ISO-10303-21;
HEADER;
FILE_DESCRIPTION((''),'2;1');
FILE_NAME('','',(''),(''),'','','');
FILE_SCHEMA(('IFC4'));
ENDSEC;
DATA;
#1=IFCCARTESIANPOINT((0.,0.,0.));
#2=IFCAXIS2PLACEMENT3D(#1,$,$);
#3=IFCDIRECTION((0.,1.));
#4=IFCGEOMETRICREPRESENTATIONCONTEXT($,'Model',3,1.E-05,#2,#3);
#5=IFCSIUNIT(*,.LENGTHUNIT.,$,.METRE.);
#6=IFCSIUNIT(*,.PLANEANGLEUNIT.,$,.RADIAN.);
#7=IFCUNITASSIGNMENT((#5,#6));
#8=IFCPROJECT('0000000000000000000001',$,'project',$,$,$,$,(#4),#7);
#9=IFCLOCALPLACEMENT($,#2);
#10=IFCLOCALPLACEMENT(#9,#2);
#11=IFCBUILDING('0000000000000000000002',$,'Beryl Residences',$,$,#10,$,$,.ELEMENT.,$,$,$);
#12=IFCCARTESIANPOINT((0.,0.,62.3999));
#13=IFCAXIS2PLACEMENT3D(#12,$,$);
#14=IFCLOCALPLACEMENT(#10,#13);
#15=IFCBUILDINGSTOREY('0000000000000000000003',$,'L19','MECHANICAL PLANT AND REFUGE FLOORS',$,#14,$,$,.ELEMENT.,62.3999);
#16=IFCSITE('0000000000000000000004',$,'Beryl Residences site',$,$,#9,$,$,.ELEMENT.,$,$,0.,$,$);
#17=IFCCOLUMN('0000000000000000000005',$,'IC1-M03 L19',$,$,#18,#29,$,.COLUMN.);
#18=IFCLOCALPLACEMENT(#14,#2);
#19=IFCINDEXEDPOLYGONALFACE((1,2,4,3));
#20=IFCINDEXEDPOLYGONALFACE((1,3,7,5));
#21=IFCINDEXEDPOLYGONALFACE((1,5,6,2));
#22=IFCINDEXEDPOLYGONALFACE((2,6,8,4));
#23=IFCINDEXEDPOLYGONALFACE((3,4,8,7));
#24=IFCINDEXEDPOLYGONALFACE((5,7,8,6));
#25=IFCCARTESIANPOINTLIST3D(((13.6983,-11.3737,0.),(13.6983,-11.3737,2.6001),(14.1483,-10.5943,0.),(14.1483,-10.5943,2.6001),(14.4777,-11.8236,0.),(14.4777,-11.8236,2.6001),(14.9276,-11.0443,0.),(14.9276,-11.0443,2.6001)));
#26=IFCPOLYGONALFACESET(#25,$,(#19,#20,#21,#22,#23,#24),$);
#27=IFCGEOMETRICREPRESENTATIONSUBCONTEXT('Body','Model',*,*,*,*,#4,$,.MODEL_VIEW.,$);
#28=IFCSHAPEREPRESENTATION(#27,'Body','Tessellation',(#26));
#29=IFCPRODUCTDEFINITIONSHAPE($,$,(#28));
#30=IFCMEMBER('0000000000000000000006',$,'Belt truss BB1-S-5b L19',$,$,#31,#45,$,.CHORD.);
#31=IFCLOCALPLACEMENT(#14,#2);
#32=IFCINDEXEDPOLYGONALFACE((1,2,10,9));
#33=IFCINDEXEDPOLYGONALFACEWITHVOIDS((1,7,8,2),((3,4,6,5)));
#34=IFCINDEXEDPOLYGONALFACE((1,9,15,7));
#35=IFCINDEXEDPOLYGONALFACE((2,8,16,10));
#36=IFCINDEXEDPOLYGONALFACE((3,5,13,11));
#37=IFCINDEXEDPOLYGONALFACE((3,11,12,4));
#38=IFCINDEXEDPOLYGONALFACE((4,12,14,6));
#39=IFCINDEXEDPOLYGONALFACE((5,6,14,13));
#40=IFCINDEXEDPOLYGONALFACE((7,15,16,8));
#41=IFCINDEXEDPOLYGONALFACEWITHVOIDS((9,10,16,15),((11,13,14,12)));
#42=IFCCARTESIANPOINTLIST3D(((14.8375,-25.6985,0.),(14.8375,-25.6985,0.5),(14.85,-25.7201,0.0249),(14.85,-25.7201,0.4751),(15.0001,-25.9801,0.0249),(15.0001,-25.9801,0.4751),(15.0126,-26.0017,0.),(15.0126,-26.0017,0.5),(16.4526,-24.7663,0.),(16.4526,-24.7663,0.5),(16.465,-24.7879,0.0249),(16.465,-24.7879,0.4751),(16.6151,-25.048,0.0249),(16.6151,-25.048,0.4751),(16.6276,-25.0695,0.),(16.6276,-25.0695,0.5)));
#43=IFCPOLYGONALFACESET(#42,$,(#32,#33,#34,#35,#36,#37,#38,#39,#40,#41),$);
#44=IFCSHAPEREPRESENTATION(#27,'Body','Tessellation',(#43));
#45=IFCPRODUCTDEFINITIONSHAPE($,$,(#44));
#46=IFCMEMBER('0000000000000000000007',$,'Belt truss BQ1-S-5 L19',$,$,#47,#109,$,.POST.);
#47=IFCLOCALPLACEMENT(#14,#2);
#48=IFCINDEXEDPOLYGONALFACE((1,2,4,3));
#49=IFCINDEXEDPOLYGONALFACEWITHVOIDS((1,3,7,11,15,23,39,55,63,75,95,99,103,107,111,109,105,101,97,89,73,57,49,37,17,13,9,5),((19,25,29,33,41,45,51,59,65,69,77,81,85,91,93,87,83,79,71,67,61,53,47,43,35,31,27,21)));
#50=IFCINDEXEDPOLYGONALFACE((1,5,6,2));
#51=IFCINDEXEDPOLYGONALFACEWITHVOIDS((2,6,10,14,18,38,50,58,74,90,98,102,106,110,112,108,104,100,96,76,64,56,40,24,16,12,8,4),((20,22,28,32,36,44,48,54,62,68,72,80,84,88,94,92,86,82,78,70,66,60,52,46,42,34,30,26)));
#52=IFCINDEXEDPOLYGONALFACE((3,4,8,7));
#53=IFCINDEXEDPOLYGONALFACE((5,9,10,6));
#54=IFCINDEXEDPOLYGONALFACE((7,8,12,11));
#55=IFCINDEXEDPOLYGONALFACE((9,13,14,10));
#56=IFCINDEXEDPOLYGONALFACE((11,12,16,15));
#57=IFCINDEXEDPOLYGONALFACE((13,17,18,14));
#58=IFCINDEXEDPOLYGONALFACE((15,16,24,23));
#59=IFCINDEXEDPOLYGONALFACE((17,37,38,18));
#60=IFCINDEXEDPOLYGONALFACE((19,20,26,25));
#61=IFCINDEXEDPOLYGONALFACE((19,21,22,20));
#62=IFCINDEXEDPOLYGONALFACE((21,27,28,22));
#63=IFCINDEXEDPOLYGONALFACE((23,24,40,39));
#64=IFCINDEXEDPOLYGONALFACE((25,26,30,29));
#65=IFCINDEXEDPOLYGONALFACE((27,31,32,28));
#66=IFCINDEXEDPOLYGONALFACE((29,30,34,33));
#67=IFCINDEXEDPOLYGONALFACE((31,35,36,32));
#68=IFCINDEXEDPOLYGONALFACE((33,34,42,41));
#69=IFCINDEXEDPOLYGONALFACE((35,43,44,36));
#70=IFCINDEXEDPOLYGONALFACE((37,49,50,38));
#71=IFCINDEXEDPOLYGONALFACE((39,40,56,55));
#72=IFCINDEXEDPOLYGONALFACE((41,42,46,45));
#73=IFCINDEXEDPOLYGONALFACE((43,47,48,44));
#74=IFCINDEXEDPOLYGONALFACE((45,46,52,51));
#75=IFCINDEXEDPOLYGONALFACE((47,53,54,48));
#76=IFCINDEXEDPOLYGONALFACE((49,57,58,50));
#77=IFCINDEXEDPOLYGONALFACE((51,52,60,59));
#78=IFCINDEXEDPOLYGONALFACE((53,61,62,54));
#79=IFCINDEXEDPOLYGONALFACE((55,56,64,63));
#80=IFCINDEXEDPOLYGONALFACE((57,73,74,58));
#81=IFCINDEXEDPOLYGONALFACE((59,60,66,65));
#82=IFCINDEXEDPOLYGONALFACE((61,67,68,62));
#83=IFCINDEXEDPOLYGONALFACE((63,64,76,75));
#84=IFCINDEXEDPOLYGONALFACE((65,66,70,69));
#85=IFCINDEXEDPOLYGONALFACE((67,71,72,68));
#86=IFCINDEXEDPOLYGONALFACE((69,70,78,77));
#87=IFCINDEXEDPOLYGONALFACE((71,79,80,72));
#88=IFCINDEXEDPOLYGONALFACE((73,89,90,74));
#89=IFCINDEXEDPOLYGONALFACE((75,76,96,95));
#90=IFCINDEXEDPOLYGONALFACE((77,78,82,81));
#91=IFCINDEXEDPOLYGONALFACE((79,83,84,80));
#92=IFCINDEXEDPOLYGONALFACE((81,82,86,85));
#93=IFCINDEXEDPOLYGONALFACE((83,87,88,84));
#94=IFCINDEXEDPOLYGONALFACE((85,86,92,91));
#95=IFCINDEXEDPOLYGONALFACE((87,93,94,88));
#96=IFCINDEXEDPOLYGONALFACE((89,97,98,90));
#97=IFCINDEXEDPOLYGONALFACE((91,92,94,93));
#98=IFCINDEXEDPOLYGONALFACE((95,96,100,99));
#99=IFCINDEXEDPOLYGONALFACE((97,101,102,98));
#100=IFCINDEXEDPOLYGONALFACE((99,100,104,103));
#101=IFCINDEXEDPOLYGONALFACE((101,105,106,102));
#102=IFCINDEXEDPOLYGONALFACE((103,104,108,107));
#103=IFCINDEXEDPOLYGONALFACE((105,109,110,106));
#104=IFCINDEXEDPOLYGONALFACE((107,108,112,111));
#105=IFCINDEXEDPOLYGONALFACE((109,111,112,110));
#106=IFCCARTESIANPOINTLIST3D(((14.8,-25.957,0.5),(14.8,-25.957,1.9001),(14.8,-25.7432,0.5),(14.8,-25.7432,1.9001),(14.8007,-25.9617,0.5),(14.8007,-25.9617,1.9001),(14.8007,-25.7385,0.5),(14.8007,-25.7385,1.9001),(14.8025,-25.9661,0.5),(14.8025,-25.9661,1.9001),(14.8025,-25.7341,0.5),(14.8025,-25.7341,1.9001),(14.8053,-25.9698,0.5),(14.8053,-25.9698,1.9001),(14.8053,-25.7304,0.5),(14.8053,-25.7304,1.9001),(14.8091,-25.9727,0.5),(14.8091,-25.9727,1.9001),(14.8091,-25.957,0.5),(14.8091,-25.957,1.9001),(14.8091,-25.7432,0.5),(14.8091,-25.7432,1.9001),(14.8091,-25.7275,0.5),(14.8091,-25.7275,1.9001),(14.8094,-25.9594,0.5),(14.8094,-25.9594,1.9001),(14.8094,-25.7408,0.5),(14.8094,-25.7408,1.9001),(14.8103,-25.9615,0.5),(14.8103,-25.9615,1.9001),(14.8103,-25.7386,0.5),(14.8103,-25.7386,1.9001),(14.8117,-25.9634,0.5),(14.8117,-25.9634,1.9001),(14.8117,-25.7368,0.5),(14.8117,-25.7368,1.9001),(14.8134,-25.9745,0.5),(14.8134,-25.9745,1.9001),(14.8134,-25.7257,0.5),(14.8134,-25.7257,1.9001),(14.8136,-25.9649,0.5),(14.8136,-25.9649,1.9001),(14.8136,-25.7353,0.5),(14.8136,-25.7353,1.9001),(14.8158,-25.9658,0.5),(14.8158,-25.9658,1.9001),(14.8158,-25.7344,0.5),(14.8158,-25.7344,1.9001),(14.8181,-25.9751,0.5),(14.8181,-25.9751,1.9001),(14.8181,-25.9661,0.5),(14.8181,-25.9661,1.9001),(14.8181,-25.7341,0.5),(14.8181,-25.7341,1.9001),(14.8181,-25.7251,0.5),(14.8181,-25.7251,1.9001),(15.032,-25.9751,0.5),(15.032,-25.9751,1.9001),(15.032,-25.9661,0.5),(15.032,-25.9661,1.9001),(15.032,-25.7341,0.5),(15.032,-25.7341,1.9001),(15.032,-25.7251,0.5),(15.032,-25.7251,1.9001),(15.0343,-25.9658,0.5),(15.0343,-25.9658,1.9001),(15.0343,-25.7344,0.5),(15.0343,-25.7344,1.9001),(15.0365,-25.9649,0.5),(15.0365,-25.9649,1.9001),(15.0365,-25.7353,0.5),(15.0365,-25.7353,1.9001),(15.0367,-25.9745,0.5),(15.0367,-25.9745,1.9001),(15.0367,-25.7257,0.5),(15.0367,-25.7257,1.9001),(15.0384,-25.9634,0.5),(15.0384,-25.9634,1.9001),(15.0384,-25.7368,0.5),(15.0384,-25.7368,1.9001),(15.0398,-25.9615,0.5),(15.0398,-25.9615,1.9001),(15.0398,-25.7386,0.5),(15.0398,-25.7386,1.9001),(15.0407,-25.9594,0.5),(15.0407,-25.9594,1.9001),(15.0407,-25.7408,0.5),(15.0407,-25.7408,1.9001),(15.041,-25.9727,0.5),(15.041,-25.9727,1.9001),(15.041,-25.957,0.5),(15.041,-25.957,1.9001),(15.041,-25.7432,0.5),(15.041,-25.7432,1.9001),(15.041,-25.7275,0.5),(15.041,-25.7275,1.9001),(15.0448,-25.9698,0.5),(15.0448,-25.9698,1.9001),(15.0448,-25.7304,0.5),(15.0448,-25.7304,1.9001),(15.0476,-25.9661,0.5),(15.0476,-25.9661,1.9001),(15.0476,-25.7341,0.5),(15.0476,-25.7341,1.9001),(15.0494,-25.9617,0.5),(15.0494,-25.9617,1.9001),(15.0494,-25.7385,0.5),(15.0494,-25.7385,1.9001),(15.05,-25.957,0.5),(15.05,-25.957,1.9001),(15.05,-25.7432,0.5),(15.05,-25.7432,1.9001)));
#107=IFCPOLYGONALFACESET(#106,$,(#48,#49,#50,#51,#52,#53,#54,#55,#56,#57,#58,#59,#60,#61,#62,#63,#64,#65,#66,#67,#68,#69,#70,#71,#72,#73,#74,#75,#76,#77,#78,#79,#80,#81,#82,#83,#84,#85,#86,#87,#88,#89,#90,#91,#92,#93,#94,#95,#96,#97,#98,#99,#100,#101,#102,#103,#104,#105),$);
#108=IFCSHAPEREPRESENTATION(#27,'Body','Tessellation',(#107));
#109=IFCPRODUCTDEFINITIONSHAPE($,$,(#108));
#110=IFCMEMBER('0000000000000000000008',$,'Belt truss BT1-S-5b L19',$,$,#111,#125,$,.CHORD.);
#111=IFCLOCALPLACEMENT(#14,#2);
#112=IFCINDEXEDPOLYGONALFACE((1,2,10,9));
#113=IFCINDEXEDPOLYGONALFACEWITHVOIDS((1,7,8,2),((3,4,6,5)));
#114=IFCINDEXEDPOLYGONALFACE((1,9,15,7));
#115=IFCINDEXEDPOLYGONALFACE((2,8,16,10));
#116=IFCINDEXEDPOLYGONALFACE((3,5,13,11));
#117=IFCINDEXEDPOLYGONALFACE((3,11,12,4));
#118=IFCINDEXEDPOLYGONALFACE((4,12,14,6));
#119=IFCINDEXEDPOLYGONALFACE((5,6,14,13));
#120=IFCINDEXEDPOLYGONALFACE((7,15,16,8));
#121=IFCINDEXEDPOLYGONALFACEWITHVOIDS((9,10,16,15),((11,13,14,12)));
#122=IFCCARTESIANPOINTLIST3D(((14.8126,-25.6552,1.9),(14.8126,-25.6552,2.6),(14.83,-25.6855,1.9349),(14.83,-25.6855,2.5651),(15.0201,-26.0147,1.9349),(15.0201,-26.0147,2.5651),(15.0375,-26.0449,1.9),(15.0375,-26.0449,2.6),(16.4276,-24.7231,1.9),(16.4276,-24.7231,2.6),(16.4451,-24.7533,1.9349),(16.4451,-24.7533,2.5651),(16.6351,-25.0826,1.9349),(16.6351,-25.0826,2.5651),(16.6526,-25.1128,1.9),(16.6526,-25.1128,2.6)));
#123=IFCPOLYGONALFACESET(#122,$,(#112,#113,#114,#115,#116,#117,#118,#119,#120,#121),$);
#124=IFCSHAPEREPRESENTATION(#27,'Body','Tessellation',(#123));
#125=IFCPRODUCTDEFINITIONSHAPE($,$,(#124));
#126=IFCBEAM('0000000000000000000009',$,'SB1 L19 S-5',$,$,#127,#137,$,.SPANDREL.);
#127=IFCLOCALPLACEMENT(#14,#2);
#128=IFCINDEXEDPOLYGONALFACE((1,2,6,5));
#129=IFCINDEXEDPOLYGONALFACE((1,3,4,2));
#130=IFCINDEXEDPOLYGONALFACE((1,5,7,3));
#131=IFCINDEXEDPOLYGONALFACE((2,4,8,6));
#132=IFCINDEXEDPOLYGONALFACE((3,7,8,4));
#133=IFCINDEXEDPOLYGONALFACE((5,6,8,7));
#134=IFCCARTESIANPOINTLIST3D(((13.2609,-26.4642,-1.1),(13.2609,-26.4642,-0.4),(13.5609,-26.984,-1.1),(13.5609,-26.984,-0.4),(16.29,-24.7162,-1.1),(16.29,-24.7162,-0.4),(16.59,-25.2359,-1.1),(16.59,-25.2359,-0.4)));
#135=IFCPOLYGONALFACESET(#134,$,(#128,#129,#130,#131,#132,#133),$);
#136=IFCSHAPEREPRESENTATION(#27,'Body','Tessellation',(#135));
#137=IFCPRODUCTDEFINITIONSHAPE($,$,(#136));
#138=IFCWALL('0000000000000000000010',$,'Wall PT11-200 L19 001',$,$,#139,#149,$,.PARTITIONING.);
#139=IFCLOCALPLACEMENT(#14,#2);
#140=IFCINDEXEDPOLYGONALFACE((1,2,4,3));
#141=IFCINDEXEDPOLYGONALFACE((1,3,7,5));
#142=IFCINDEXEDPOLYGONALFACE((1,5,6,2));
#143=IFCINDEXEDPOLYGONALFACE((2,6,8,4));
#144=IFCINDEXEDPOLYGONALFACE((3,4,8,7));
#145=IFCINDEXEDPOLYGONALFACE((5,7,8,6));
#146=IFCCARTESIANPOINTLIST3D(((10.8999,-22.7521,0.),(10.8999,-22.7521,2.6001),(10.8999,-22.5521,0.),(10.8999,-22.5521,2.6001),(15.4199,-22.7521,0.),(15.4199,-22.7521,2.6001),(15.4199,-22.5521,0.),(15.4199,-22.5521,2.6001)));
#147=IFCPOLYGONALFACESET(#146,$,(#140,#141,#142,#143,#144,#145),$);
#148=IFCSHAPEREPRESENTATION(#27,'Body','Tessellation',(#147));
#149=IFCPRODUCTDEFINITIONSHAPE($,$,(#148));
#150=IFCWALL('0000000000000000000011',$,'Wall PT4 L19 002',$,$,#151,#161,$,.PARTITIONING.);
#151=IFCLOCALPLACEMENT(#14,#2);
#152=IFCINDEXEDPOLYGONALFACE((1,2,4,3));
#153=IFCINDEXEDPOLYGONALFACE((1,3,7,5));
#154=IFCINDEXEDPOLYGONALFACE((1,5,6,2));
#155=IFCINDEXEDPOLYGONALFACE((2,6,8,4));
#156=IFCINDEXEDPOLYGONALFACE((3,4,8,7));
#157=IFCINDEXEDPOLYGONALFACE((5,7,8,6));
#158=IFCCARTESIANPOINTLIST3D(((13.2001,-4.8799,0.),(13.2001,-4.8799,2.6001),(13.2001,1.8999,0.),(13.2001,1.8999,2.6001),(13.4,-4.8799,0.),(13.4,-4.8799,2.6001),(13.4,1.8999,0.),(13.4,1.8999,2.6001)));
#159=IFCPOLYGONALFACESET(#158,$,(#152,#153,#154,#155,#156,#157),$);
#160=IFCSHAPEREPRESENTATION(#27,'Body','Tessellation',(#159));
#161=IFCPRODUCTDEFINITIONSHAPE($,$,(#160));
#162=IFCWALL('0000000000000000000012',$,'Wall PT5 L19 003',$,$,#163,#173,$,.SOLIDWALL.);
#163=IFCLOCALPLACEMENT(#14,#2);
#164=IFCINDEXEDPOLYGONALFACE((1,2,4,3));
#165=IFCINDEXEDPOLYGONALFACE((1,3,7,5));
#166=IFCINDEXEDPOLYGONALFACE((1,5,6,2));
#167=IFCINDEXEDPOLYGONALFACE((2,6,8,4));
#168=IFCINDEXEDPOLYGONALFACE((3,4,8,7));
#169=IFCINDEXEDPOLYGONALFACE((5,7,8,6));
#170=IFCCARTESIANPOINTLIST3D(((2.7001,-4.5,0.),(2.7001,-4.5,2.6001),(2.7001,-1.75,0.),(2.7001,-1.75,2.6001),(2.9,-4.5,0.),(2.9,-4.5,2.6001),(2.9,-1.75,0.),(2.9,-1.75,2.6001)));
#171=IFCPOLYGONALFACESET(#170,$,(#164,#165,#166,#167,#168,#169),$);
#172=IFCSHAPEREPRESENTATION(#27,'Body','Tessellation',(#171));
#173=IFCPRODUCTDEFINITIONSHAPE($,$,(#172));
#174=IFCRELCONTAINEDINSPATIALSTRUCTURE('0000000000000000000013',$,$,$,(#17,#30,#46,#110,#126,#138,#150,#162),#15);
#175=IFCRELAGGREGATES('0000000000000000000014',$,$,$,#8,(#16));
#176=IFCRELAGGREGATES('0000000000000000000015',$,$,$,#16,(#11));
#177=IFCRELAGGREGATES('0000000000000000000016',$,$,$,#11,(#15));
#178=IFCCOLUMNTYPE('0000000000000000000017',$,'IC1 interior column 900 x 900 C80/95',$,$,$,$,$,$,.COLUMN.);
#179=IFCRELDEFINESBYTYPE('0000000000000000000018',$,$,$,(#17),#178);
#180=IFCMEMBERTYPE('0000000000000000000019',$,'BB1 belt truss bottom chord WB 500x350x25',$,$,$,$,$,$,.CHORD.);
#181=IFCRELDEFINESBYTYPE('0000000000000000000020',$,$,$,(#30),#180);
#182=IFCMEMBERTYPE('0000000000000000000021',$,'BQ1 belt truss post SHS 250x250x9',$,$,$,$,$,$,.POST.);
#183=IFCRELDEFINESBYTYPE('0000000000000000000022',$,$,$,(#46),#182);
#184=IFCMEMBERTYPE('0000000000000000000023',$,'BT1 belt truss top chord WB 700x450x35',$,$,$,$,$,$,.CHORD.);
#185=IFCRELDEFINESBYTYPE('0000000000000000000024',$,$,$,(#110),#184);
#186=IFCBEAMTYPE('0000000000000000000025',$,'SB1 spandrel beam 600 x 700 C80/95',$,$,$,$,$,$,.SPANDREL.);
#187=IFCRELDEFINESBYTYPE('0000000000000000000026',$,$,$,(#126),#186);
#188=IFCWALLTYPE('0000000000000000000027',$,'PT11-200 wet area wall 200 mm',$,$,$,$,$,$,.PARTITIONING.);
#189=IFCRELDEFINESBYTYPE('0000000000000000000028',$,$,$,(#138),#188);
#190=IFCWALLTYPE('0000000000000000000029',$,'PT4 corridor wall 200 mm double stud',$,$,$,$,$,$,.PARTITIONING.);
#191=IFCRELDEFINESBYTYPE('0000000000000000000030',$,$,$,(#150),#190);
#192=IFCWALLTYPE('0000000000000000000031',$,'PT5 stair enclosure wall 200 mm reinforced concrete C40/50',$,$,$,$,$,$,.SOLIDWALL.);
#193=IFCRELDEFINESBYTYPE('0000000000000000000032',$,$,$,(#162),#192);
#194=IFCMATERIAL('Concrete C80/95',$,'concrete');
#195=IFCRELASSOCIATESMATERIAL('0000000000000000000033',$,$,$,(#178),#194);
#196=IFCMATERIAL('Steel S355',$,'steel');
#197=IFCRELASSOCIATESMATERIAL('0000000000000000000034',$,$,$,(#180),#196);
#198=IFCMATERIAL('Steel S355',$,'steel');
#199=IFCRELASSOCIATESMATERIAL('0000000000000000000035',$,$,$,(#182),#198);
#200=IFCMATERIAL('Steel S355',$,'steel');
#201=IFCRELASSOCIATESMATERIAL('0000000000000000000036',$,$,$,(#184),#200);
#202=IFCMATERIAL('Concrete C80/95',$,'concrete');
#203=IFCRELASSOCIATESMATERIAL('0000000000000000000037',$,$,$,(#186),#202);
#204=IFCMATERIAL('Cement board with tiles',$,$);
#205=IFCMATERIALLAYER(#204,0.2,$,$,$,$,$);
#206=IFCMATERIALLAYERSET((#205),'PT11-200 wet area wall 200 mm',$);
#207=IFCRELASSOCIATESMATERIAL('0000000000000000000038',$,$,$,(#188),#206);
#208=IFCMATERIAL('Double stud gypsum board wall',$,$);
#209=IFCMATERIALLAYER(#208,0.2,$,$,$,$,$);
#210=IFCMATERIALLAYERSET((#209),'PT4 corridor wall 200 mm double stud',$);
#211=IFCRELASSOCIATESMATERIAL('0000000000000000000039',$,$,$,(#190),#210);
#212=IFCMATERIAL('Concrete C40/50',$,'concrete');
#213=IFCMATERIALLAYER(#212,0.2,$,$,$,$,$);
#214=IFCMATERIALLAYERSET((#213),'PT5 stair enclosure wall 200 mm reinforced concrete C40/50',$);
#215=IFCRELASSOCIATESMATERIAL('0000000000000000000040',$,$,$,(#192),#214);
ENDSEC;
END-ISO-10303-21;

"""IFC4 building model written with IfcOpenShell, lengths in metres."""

from ifc_helpers import new_model, si_unit, direction, frame, frame_2d, origin, origin_2d, place, context, subcontext, project, spatial, rectangle, hollow_rectangle, extrude, material, layer, layer_set, material_profile, profile_set, type_object, element, save


model = new_model("IFC4")

# Units and contexts
model_context = context("Model", 3, precision=1e-05, world=origin(), true_north=direction((0.0, 1.0)))
body_context = subcontext(model_context, "Body", "Model", "MODEL_VIEW")
ifc_project = project(units=[si_unit("LENGTHUNIT", "METRE"), si_unit("PLANEANGLEUNIT", "RADIAN")], contexts=[model_context])

# Site, building, storey
site_placement = place(None, origin())
site = spatial("IfcSite", under=ifc_project, at=site_placement, Name="Beryl Residences site", CompositionType="ELEMENT", RefElevation=0.0)
building_placement = place(site_placement, origin())
building = spatial("IfcBuilding", under=site, at=building_placement, Name="Beryl Residences", CompositionType="ELEMENT")
storey_placement = place(building_placement, frame((0.0, 0.0, 62.3999)))
storey = spatial("IfcBuildingStorey", under=building, at=storey_placement, Name="L19", Description="MECHANICAL PLANT AND REFUGE FLOORS", CompositionType="ELEMENT", Elevation=62.3999)

# Column
ifc_material_1 = material(Name="Concrete C80/95", Category="concrete")
ifc_material_profile_1 = material_profile(ifc_material_1, rectangle(XDim=0.8999, YDim=0.8999, at=origin_2d()))
ifc_profile_set_1 = profile_set([ifc_material_profile_1], Name="Concrete C80/95")
column_type = type_object("IfcColumnType", Name="IC1 interior column 900 x 900 C80/95", PredefinedType="COLUMN", material=ifc_profile_set_1)
column_placement = place(storey_placement, frame((14.313, -11.209, 0.0), z_axis=(0.0, 0.0, 1.0), x_axis=(0.499985, 0.866034, 0.0)))
element("IfcColumn", 1, at=column_placement, inside=storey, type_object=column_type, Name="IC1-M03 L19", PredefinedType="COLUMN", context=body_context, shape_type="SweptSolid", body=[
    extrude(rectangle(XDim=0.8999, YDim=0.8999, at=origin_2d()), origin(), (0.0, 0.0, 1.0), 2.6001),
])

# Members
ifc_material_2 = material(Name="Steel S355", Category="steel")
ifc_material_profile_2 = material_profile(ifc_material_2, hollow_rectangle(XDim=0.3501, YDim=0.5, WallThickness=0.0249, at=origin_2d()))
ifc_profile_set_2 = profile_set([ifc_material_profile_2], Name="Steel S355")
member_type_1 = type_object("IfcMemberType", Name="BB1 belt truss bottom chord WB 500x350x25", PredefinedType="CHORD", material=ifc_profile_set_2)
member_1_placement = place(storey_placement, frame((14.925, -25.8501, 0.25), z_axis=(0.866092, 0.499885, 0.0), x_axis=(-0.499885, 0.866092, 0.0)))
element("IfcMember", 2, at=member_1_placement, inside=storey, type_object=member_type_1, Name="Belt truss BB1-S-5b L19", PredefinedType="CHORD", context=body_context, shape_type="SweptSolid", body=[
    extrude(hollow_rectangle(XDim=0.3501, YDim=0.5, WallThickness=0.0249, at=origin_2d()), origin(), (0.0, 0.0, 1.0), 1.8647),
])
ifc_material_3 = material(Name="Steel S355", Category="steel")
ifc_material_profile_3 = material_profile(ifc_material_3, hollow_rectangle(XDim=0.25, YDim=0.25, WallThickness=0.009, InnerFilletRadius=0.009, OuterFilletRadius=0.0181, at=origin_2d()))
ifc_profile_set_3 = profile_set([ifc_material_profile_3], Name="Steel S355")
member_type_2 = type_object("IfcMemberType", Name="BQ1 belt truss post SHS 250x250x9", PredefinedType="POST", material=ifc_profile_set_3)
member_2_placement = place(storey_placement, frame((14.925, -25.8501, 0.5), z_axis=(0.0, 0.0, 1.0), x_axis=(1.0, 0.0, 0.0)))
element("IfcMember", 3, at=member_2_placement, inside=storey, type_object=member_type_2, Name="Belt truss BQ1-S-5 L19", PredefinedType="POST", context=body_context, shape_type="SweptSolid", body=[
    extrude(hollow_rectangle(XDim=0.25, YDim=0.25, WallThickness=0.009, InnerFilletRadius=0.009, OuterFilletRadius=0.0181, at=origin_2d()), origin(), (0.0, 0.0, 1.0), 1.4001),
])
ifc_material_4 = material(Name="Steel S355", Category="steel")
ifc_material_profile_4 = material_profile(ifc_material_4, hollow_rectangle(XDim=0.45, YDim=0.7, WallThickness=0.0349, at=origin_2d()))
ifc_profile_set_4 = profile_set([ifc_material_profile_4], Name="Steel S355")
member_type_3 = type_object("IfcMemberType", Name="BT1 belt truss top chord WB 700x450x35", PredefinedType="CHORD", material=ifc_profile_set_4)
member_3_placement = place(storey_placement, frame((14.925, -25.8501, 2.25), z_axis=(0.866092, 0.499885, 0.0), x_axis=(-0.499885, 0.866092, 0.0)))
element("IfcMember", 4, at=member_3_placement, inside=storey, type_object=member_type_3, Name="Belt truss BT1-S-5b L19", PredefinedType="CHORD", context=body_context, shape_type="SweptSolid", body=[
    extrude(hollow_rectangle(XDim=0.45, YDim=0.7, WallThickness=0.0349, at=origin_2d()), origin(), (0.0, 0.0, 1.0), 1.8647),
])

# Beam
ifc_material_5 = material(Name="Concrete C80/95", Category="concrete")
ifc_material_profile_5 = material_profile(ifc_material_5, rectangle(XDim=0.6001, YDim=0.7, at=origin_2d()))
ifc_profile_set_5 = profile_set([ifc_material_profile_5], Name="Concrete C80/95")
beam_type = type_object("IfcBeamType", Name="SB1 spandrel beam 600 x 700 C80/95", PredefinedType="SPANDREL", material=ifc_profile_set_5)
beam_placement = place(storey_placement, frame((13.4109, -26.7241, -0.75), z_axis=(0.866122, 0.499833, 0.0), x_axis=(-0.499833, 0.866122, 0.0)))
element("IfcBeam", 5, at=beam_placement, inside=storey, type_object=beam_type, Name="SB1 L19 S-5", PredefinedType="SPANDREL", context=body_context, shape_type="SweptSolid", body=[
    extrude(rectangle(XDim=0.6001, YDim=0.7, at=origin_2d()), origin(), (0.0, 0.0, 1.0), 3.4973),
])

# Walls
ifc_material_6 = material(Name="Cement board with tiles")
ifc_layer_1 = layer(ifc_material_6, 0.2)
ifc_layer_set_1 = layer_set([ifc_layer_1], Name="PT11-200 wet area wall 200 mm")
wall_type_1 = type_object("IfcWallType", Name="PT11-200 wet area wall 200 mm", PredefinedType="PARTITIONING", material=ifc_layer_set_1)
wall_1_placement = place(storey_placement, frame((10.8999, -22.6521, 0.0), z_axis=(0.0, 0.0, 1.0), x_axis=(1.0, 0.0, 0.0)))
element("IfcWall", 6, at=wall_1_placement, inside=storey, type_object=wall_type_1, Name="Wall PT11-200 L19 001", PredefinedType="PARTITIONING", context=body_context, shape_type="SweptSolid", body=[
    extrude(rectangle(XDim=4.52, YDim=0.2, at=frame_2d((2.26, 0.0))), origin(), (0.0, 0.0, 1.0), 2.6001),
])
ifc_material_7 = material(Name="Double stud gypsum board wall")
ifc_layer_2 = layer(ifc_material_7, 0.2)
ifc_layer_set_2 = layer_set([ifc_layer_2], Name="PT4 corridor wall 200 mm double stud")
wall_type_2 = type_object("IfcWallType", Name="PT4 corridor wall 200 mm double stud", PredefinedType="PARTITIONING", material=ifc_layer_set_2)
wall_2_placement = place(storey_placement, frame((13.3, -4.8799, 0.0), z_axis=(0.0, 0.0, 1.0), x_axis=(0.0, 1.0, 0.0)))
element("IfcWall", 7, at=wall_2_placement, inside=storey, type_object=wall_type_2, Name="Wall PT4 L19 002", PredefinedType="PARTITIONING", context=body_context, shape_type="SweptSolid", body=[
    extrude(rectangle(XDim=6.7798, YDim=0.2, at=frame_2d((3.3899, 0.0))), origin(), (0.0, 0.0, 1.0), 2.6001),
])
ifc_material_8 = material(Name="Concrete C40/50", Category="concrete")
ifc_layer_3 = layer(ifc_material_8, 0.2)
ifc_layer_set_3 = layer_set([ifc_layer_3], Name="PT5 stair enclosure wall 200 mm reinforced concrete C40/50")
wall_type_3 = type_object("IfcWallType", Name="PT5 stair enclosure wall 200 mm reinforced concrete C40/50", PredefinedType="SOLIDWALL", material=ifc_layer_set_3)
wall_3_placement = place(storey_placement, frame((2.8, -4.5, 0.0), z_axis=(0.0, 0.0, 1.0), x_axis=(0.0, 1.0, 0.0)))
element("IfcWall", 8, at=wall_3_placement, inside=storey, type_object=wall_type_3, Name="Wall PT5 L19 003", PredefinedType="SOLIDWALL", context=body_context, shape_type="SweptSolid", body=[
    extrude(rectangle(XDim=2.75, YDim=0.2, at=frame_2d((1.375, 0.0))), origin(), (0.0, 0.0, 1.0), 2.6001),
])

save(model, "model.ifc")
